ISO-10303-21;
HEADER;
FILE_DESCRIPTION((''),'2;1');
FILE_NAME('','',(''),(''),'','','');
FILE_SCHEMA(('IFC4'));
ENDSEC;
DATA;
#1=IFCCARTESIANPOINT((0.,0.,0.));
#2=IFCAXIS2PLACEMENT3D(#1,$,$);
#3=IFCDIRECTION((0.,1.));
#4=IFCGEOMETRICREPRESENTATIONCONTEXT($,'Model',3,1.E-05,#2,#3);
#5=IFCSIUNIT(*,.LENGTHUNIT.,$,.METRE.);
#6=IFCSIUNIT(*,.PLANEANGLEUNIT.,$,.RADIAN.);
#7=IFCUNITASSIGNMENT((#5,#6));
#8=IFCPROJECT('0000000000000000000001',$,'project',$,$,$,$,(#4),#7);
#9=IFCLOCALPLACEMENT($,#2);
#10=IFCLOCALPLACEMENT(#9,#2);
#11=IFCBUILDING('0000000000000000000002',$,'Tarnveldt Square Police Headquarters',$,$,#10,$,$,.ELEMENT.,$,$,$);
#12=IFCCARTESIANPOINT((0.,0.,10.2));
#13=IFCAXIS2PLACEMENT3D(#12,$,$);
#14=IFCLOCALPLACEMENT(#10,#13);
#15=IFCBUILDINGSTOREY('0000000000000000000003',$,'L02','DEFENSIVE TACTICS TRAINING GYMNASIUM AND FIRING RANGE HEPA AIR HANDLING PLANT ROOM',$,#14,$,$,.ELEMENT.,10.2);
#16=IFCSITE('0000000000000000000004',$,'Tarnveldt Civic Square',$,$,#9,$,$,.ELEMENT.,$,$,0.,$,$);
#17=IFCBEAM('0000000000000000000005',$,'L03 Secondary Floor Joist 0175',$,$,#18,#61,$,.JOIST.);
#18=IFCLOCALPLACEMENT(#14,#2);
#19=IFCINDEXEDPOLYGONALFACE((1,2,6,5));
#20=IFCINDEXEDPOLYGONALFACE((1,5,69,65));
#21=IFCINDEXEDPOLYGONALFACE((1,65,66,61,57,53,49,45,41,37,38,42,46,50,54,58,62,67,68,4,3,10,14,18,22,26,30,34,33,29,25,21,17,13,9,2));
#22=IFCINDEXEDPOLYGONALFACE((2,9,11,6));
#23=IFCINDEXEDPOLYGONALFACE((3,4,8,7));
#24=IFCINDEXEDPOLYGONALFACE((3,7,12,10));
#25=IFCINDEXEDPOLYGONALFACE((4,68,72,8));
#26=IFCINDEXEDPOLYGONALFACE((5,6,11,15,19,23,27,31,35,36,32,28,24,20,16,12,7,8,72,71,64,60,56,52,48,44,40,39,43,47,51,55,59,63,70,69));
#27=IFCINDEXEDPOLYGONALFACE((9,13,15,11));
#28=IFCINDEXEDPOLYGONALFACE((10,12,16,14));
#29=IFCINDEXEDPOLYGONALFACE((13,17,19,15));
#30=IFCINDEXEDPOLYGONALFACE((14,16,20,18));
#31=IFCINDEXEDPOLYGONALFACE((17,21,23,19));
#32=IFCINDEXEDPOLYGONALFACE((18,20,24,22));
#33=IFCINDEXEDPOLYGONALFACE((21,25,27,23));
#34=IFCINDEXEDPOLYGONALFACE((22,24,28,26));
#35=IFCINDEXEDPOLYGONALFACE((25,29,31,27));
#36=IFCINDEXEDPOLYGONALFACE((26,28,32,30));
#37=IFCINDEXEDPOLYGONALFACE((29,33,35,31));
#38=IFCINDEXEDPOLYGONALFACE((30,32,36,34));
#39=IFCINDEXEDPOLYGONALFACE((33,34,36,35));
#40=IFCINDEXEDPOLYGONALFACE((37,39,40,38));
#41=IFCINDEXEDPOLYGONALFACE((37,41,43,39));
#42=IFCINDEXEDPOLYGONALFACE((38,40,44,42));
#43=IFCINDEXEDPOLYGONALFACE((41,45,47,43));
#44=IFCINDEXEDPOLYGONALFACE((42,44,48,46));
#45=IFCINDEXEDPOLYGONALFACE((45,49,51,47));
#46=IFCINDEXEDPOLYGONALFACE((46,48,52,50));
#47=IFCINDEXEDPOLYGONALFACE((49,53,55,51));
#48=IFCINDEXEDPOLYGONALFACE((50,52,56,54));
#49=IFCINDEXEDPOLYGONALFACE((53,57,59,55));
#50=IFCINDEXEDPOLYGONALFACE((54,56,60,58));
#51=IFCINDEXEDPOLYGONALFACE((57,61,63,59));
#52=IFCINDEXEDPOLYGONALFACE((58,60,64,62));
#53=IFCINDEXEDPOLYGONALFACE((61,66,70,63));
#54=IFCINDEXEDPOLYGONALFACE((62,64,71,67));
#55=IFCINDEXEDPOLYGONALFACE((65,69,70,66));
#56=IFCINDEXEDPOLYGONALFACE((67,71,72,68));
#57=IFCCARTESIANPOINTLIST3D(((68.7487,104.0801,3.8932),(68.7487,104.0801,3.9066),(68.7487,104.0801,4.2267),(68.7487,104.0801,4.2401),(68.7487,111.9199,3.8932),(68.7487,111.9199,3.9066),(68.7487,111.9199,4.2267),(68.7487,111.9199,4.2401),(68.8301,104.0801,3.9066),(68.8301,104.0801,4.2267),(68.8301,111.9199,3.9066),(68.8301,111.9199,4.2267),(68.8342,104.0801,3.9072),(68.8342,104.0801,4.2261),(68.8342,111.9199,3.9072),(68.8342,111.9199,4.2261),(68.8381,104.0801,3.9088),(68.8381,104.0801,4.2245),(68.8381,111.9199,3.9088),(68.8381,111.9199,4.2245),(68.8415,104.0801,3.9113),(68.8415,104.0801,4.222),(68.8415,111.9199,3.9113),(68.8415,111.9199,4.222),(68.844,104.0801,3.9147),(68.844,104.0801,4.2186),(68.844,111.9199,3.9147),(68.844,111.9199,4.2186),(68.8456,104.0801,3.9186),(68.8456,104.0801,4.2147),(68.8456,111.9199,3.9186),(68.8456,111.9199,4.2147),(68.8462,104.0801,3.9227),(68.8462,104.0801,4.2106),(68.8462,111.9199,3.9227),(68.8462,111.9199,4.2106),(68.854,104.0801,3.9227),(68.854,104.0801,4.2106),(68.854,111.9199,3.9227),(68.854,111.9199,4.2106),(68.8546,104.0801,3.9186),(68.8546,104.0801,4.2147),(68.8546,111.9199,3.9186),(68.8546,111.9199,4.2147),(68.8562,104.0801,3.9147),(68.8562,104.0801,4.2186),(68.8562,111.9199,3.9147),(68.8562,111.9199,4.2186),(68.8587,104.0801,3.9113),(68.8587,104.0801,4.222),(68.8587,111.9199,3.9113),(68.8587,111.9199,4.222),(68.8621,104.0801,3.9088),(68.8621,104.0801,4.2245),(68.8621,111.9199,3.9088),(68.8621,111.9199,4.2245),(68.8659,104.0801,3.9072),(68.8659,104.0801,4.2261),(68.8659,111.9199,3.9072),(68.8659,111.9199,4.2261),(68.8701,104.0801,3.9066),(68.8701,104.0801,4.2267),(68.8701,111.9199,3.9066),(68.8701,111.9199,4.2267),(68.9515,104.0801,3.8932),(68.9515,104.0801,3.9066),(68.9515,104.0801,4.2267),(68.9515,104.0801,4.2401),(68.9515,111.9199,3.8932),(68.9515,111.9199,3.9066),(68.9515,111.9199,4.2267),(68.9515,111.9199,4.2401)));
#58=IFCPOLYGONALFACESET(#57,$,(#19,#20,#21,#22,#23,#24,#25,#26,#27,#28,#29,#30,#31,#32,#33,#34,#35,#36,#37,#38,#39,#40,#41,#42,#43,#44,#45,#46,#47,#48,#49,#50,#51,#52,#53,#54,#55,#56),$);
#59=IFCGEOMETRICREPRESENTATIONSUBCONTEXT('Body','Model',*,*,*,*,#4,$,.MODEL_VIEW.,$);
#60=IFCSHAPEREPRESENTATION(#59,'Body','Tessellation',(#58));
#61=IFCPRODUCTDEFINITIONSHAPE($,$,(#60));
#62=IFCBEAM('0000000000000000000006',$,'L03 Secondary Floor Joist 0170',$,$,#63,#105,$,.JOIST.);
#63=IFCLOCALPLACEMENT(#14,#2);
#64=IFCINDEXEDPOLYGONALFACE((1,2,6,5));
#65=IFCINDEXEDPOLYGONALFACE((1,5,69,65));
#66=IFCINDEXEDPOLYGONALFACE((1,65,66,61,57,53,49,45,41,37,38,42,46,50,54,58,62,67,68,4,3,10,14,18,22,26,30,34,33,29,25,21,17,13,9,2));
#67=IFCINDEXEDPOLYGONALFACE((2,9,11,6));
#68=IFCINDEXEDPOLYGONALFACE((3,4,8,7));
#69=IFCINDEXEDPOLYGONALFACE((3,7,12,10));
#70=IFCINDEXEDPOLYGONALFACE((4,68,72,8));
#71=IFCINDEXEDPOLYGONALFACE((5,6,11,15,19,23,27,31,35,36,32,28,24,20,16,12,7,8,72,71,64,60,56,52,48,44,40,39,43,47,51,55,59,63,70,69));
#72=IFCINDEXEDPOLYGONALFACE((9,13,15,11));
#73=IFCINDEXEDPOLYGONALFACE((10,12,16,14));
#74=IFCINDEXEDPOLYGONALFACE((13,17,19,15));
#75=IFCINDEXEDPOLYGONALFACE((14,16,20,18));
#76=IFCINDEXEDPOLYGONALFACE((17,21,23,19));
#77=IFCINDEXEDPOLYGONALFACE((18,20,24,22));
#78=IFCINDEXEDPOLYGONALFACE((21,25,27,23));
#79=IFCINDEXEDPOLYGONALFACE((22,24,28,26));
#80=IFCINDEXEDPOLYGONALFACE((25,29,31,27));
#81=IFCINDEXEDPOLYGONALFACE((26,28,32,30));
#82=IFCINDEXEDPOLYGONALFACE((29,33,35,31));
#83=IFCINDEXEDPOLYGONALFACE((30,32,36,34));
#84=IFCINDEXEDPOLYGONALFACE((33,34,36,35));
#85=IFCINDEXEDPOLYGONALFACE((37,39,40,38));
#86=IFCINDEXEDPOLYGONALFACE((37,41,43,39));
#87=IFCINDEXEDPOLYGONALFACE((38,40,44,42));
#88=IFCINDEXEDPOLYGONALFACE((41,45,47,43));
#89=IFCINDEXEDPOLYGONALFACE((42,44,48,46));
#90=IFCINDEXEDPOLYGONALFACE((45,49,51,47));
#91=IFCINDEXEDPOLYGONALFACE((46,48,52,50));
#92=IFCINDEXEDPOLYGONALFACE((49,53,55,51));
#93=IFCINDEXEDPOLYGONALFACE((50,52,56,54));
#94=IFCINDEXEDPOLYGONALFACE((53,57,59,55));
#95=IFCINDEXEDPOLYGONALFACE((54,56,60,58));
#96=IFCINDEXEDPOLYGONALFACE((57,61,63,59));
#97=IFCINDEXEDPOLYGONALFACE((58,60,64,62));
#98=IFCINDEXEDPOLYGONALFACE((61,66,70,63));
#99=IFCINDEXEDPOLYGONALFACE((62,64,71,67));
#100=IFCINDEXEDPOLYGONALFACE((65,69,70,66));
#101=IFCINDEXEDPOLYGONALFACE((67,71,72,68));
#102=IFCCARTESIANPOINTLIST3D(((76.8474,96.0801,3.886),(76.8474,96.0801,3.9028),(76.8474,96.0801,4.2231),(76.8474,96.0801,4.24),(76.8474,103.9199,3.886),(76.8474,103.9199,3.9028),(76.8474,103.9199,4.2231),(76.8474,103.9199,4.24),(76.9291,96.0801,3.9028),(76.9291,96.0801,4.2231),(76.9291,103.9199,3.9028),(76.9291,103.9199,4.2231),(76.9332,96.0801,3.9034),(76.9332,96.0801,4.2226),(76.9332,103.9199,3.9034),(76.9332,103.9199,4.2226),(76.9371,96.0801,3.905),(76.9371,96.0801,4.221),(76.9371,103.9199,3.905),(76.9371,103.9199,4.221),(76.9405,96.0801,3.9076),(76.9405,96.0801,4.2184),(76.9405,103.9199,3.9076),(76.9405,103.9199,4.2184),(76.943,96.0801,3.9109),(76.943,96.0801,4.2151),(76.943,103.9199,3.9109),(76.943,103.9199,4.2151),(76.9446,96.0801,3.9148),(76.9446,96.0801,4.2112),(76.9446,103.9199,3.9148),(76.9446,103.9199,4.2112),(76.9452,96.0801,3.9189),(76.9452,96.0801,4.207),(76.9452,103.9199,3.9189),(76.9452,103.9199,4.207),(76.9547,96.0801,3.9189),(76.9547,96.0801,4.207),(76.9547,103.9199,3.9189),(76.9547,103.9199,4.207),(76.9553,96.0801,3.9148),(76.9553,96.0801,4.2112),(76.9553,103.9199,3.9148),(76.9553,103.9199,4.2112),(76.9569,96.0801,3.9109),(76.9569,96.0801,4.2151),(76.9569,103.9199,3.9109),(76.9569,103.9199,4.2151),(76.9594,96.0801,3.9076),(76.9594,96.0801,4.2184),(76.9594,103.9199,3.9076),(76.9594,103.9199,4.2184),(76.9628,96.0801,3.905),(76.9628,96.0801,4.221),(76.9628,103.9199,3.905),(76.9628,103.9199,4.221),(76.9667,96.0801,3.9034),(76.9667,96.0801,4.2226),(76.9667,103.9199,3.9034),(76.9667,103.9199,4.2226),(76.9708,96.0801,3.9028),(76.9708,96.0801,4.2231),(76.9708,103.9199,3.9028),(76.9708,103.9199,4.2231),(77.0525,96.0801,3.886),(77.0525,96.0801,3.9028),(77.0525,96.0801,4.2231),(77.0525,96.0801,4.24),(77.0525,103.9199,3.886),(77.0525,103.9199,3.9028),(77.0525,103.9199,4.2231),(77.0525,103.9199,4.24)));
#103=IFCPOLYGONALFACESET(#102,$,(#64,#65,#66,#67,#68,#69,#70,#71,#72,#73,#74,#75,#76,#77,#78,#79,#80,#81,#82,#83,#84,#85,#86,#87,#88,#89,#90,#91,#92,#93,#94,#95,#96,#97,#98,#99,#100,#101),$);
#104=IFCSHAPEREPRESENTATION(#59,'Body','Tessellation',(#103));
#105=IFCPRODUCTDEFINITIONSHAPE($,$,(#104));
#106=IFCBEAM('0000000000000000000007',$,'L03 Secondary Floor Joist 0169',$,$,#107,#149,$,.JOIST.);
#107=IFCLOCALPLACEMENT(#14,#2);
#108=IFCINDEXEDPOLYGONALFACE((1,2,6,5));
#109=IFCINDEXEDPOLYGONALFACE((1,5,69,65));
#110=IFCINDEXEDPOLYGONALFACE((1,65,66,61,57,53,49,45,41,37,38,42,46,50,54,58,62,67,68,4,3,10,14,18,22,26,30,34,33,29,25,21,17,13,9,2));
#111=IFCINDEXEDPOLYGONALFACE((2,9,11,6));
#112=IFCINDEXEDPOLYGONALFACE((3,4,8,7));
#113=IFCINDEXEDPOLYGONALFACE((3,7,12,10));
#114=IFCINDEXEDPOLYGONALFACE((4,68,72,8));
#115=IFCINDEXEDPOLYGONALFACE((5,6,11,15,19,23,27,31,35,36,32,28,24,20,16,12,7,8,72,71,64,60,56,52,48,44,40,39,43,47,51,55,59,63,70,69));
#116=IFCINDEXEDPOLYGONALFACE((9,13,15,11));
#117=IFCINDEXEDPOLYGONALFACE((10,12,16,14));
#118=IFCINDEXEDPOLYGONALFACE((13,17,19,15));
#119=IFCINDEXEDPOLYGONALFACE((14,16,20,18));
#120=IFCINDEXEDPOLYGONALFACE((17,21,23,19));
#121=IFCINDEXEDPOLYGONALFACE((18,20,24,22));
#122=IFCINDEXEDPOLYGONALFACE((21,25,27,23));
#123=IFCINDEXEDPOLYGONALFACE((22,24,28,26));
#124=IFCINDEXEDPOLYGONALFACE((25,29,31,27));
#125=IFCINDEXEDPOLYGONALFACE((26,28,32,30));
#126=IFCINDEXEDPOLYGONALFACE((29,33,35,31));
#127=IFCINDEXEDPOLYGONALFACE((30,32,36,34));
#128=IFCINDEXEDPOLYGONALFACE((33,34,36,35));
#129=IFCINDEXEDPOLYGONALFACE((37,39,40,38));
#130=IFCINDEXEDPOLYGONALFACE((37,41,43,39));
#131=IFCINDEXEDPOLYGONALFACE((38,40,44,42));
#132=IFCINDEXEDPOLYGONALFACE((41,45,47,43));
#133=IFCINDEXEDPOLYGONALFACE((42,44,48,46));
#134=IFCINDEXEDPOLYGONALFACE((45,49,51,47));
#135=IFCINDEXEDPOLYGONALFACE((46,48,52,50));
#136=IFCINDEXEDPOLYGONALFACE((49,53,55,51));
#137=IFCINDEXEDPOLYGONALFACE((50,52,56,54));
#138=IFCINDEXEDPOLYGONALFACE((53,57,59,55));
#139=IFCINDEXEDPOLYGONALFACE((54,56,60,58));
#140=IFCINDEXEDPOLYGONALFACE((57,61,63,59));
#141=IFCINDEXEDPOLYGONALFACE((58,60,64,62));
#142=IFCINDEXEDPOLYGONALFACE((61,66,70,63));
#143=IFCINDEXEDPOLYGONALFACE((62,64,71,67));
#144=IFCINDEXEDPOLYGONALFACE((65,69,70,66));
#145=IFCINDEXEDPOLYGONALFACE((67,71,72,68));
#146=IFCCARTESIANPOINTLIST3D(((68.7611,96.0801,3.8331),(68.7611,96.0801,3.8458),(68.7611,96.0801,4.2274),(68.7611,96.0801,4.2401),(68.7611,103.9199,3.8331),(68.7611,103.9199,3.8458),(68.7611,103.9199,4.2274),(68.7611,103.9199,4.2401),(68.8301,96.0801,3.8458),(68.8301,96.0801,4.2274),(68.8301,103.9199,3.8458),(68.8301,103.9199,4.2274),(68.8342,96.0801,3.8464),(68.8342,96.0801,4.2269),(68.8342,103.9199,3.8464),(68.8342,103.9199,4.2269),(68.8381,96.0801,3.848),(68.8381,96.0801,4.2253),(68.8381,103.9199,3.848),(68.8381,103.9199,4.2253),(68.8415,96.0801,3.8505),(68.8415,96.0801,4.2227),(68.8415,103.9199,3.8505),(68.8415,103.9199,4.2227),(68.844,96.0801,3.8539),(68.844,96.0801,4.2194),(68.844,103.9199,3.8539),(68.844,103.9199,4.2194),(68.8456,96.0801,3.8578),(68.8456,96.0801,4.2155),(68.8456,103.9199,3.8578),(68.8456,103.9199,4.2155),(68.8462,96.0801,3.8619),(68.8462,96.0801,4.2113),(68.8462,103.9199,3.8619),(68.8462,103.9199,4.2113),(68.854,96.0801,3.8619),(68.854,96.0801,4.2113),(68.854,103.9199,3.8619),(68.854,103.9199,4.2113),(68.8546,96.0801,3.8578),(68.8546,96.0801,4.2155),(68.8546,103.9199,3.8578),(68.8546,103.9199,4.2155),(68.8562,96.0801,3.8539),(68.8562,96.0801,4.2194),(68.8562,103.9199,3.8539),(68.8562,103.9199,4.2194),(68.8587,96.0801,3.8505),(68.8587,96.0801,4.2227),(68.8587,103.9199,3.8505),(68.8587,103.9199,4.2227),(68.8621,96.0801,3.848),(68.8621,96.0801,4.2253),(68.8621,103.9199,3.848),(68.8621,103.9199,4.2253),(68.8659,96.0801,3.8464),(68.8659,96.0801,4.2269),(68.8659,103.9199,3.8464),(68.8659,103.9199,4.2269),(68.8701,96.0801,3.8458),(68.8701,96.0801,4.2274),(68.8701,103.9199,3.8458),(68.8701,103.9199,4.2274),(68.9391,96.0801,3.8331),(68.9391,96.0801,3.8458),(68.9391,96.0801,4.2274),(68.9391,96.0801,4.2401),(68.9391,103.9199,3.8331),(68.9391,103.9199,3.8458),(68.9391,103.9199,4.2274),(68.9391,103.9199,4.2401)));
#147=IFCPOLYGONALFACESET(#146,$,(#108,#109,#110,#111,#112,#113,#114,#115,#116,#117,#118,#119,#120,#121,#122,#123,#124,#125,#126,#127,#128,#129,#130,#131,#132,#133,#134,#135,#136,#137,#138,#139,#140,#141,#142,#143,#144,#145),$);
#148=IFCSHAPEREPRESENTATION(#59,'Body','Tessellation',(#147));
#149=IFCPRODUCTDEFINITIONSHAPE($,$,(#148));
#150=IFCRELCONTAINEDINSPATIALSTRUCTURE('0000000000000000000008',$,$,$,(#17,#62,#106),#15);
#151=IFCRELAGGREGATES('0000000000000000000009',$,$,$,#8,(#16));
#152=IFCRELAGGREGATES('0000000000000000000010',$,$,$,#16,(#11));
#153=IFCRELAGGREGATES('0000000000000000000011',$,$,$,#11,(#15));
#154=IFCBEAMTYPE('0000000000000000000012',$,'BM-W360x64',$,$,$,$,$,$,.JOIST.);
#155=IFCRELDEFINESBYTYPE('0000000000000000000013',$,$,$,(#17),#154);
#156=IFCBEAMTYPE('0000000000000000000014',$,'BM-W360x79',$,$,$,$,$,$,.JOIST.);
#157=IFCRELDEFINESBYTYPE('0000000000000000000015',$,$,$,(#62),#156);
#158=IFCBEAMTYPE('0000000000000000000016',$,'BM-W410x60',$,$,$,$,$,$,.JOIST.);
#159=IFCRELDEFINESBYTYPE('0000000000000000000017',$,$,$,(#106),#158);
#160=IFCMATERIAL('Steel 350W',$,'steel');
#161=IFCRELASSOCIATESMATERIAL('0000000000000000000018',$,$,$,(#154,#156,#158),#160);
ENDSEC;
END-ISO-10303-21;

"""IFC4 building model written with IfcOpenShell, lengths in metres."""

from ifc_helpers import new_model, si_unit, direction, frame, origin, origin_2d, place, context, subcontext, project, spatial, i_section, extrude, material, material_profile, profile_set, type_object, element, save


model = new_model("IFC4")

# Units and contexts
model_context = context("Model", 3, precision=1e-05, world=origin(), true_north=direction((0.0, 1.0)))
body_context = subcontext(model_context, "Body", "Model", "MODEL_VIEW")
ifc_project = project(units=[si_unit("LENGTHUNIT", "METRE"), si_unit("PLANEANGLEUNIT", "RADIAN")], contexts=[model_context])

# Site, building, storey
site_placement = place(None, origin())
site = spatial("IfcSite", under=ifc_project, at=site_placement, Name="Tarnveldt Civic Square", CompositionType="ELEMENT", RefElevation=0.0)
building_placement = place(site_placement, origin())
building = spatial("IfcBuilding", under=site, at=building_placement, Name="Tarnveldt Square Police Headquarters", CompositionType="ELEMENT")
storey_placement = place(building_placement, frame((0.0, 0.0, 10.2)))
storey = spatial("IfcBuildingStorey", under=building, at=storey_placement, Name="L02", Description="DEFENSIVE TACTICS TRAINING GYMNASIUM AND FIRING RANGE HEPA AIR HANDLING PLANT ROOM", CompositionType="ELEMENT", Elevation=10.2)

# Beams
ifc_material_1 = material(Name="Steel 350W", Category="steel")
ifc_material_profile_1 = material_profile(ifc_material_1, i_section(OverallWidth=0.2029, OverallDepth=0.3469, WebThickness=0.0078, FlangeThickness=0.0134, FilletRadius=0.0161, at=origin_2d()), Name="W360x64")
ifc_profile_set_1 = profile_set([ifc_material_profile_1], Name="Steel 350W")
beam_type_1 = type_object("IfcBeamType", Name="BM-W360x64", PredefinedType="JOIST", material=ifc_profile_set_1)
beam_1_placement = place(storey_placement, frame((68.8501, 104.0801, 4.0667), z_axis=(0.0, 1.0, 0.0), x_axis=(-1.0, 0.0, 0.0)))
element("IfcBeam", 1, at=beam_1_placement, inside=storey, type_object=beam_type_1, Name="L03 Secondary Floor Joist 0175", PredefinedType="JOIST", context=body_context, shape_type="SweptSolid", body=[
    extrude(i_section(OverallWidth=0.2029, OverallDepth=0.3469, WebThickness=0.0078, FlangeThickness=0.0134, FilletRadius=0.0161, at=origin_2d()), origin(), (0.0, 0.0, 1.0), 7.8398),
])
ifc_material_profile_2 = material_profile(ifc_material_1, i_section(OverallWidth=0.2051, OverallDepth=0.354, WebThickness=0.0095, FlangeThickness=0.0168, FilletRadius=0.0161, at=origin_2d()), Name="W360x79")
ifc_profile_set_2 = profile_set([ifc_material_profile_2], Name="Steel 350W")
beam_type_2 = type_object("IfcBeamType", Name="BM-W360x79", PredefinedType="JOIST", material=ifc_profile_set_2)
beam_2_placement = place(storey_placement, frame((76.95, 96.0801, 4.063), z_axis=(0.0, 1.0, 0.0), x_axis=(-1.0, 0.0, 0.0)))
element("IfcBeam", 2, at=beam_2_placement, inside=storey, type_object=beam_type_2, Name="L03 Secondary Floor Joist 0170", PredefinedType="JOIST", context=body_context, shape_type="SweptSolid", body=[
    extrude(i_section(OverallWidth=0.2051, OverallDepth=0.354, WebThickness=0.0095, FlangeThickness=0.0168, FilletRadius=0.0161, at=origin_2d()), origin(), (0.0, 0.0, 1.0), 7.8398),
])
ifc_material_profile_3 = material_profile(ifc_material_1, i_section(OverallWidth=0.178, OverallDepth=0.407, WebThickness=0.0078, FlangeThickness=0.0127, FilletRadius=0.0161, at=origin_2d()), Name="W410x60")
ifc_profile_set_3 = profile_set([ifc_material_profile_3], Name="Steel 350W")
beam_type_3 = type_object("IfcBeamType", Name="BM-W410x60", PredefinedType="JOIST", material=ifc_profile_set_3)
beam_3_placement = place(storey_placement, frame((68.8501, 96.0801, 4.0366), z_axis=(0.0, 1.0, 0.0), x_axis=(-1.0, 0.0, 0.0)))
element("IfcBeam", 3, at=beam_3_placement, inside=storey, type_object=beam_type_3, Name="L03 Secondary Floor Joist 0169", PredefinedType="JOIST", context=body_context, shape_type="SweptSolid", body=[
    extrude(i_section(OverallWidth=0.178, OverallDepth=0.407, WebThickness=0.0078, FlangeThickness=0.0127, FilletRadius=0.0161, at=origin_2d()), origin(), (0.0, 0.0, 1.0), 7.8398),
])

save(model, "model.ifc")
